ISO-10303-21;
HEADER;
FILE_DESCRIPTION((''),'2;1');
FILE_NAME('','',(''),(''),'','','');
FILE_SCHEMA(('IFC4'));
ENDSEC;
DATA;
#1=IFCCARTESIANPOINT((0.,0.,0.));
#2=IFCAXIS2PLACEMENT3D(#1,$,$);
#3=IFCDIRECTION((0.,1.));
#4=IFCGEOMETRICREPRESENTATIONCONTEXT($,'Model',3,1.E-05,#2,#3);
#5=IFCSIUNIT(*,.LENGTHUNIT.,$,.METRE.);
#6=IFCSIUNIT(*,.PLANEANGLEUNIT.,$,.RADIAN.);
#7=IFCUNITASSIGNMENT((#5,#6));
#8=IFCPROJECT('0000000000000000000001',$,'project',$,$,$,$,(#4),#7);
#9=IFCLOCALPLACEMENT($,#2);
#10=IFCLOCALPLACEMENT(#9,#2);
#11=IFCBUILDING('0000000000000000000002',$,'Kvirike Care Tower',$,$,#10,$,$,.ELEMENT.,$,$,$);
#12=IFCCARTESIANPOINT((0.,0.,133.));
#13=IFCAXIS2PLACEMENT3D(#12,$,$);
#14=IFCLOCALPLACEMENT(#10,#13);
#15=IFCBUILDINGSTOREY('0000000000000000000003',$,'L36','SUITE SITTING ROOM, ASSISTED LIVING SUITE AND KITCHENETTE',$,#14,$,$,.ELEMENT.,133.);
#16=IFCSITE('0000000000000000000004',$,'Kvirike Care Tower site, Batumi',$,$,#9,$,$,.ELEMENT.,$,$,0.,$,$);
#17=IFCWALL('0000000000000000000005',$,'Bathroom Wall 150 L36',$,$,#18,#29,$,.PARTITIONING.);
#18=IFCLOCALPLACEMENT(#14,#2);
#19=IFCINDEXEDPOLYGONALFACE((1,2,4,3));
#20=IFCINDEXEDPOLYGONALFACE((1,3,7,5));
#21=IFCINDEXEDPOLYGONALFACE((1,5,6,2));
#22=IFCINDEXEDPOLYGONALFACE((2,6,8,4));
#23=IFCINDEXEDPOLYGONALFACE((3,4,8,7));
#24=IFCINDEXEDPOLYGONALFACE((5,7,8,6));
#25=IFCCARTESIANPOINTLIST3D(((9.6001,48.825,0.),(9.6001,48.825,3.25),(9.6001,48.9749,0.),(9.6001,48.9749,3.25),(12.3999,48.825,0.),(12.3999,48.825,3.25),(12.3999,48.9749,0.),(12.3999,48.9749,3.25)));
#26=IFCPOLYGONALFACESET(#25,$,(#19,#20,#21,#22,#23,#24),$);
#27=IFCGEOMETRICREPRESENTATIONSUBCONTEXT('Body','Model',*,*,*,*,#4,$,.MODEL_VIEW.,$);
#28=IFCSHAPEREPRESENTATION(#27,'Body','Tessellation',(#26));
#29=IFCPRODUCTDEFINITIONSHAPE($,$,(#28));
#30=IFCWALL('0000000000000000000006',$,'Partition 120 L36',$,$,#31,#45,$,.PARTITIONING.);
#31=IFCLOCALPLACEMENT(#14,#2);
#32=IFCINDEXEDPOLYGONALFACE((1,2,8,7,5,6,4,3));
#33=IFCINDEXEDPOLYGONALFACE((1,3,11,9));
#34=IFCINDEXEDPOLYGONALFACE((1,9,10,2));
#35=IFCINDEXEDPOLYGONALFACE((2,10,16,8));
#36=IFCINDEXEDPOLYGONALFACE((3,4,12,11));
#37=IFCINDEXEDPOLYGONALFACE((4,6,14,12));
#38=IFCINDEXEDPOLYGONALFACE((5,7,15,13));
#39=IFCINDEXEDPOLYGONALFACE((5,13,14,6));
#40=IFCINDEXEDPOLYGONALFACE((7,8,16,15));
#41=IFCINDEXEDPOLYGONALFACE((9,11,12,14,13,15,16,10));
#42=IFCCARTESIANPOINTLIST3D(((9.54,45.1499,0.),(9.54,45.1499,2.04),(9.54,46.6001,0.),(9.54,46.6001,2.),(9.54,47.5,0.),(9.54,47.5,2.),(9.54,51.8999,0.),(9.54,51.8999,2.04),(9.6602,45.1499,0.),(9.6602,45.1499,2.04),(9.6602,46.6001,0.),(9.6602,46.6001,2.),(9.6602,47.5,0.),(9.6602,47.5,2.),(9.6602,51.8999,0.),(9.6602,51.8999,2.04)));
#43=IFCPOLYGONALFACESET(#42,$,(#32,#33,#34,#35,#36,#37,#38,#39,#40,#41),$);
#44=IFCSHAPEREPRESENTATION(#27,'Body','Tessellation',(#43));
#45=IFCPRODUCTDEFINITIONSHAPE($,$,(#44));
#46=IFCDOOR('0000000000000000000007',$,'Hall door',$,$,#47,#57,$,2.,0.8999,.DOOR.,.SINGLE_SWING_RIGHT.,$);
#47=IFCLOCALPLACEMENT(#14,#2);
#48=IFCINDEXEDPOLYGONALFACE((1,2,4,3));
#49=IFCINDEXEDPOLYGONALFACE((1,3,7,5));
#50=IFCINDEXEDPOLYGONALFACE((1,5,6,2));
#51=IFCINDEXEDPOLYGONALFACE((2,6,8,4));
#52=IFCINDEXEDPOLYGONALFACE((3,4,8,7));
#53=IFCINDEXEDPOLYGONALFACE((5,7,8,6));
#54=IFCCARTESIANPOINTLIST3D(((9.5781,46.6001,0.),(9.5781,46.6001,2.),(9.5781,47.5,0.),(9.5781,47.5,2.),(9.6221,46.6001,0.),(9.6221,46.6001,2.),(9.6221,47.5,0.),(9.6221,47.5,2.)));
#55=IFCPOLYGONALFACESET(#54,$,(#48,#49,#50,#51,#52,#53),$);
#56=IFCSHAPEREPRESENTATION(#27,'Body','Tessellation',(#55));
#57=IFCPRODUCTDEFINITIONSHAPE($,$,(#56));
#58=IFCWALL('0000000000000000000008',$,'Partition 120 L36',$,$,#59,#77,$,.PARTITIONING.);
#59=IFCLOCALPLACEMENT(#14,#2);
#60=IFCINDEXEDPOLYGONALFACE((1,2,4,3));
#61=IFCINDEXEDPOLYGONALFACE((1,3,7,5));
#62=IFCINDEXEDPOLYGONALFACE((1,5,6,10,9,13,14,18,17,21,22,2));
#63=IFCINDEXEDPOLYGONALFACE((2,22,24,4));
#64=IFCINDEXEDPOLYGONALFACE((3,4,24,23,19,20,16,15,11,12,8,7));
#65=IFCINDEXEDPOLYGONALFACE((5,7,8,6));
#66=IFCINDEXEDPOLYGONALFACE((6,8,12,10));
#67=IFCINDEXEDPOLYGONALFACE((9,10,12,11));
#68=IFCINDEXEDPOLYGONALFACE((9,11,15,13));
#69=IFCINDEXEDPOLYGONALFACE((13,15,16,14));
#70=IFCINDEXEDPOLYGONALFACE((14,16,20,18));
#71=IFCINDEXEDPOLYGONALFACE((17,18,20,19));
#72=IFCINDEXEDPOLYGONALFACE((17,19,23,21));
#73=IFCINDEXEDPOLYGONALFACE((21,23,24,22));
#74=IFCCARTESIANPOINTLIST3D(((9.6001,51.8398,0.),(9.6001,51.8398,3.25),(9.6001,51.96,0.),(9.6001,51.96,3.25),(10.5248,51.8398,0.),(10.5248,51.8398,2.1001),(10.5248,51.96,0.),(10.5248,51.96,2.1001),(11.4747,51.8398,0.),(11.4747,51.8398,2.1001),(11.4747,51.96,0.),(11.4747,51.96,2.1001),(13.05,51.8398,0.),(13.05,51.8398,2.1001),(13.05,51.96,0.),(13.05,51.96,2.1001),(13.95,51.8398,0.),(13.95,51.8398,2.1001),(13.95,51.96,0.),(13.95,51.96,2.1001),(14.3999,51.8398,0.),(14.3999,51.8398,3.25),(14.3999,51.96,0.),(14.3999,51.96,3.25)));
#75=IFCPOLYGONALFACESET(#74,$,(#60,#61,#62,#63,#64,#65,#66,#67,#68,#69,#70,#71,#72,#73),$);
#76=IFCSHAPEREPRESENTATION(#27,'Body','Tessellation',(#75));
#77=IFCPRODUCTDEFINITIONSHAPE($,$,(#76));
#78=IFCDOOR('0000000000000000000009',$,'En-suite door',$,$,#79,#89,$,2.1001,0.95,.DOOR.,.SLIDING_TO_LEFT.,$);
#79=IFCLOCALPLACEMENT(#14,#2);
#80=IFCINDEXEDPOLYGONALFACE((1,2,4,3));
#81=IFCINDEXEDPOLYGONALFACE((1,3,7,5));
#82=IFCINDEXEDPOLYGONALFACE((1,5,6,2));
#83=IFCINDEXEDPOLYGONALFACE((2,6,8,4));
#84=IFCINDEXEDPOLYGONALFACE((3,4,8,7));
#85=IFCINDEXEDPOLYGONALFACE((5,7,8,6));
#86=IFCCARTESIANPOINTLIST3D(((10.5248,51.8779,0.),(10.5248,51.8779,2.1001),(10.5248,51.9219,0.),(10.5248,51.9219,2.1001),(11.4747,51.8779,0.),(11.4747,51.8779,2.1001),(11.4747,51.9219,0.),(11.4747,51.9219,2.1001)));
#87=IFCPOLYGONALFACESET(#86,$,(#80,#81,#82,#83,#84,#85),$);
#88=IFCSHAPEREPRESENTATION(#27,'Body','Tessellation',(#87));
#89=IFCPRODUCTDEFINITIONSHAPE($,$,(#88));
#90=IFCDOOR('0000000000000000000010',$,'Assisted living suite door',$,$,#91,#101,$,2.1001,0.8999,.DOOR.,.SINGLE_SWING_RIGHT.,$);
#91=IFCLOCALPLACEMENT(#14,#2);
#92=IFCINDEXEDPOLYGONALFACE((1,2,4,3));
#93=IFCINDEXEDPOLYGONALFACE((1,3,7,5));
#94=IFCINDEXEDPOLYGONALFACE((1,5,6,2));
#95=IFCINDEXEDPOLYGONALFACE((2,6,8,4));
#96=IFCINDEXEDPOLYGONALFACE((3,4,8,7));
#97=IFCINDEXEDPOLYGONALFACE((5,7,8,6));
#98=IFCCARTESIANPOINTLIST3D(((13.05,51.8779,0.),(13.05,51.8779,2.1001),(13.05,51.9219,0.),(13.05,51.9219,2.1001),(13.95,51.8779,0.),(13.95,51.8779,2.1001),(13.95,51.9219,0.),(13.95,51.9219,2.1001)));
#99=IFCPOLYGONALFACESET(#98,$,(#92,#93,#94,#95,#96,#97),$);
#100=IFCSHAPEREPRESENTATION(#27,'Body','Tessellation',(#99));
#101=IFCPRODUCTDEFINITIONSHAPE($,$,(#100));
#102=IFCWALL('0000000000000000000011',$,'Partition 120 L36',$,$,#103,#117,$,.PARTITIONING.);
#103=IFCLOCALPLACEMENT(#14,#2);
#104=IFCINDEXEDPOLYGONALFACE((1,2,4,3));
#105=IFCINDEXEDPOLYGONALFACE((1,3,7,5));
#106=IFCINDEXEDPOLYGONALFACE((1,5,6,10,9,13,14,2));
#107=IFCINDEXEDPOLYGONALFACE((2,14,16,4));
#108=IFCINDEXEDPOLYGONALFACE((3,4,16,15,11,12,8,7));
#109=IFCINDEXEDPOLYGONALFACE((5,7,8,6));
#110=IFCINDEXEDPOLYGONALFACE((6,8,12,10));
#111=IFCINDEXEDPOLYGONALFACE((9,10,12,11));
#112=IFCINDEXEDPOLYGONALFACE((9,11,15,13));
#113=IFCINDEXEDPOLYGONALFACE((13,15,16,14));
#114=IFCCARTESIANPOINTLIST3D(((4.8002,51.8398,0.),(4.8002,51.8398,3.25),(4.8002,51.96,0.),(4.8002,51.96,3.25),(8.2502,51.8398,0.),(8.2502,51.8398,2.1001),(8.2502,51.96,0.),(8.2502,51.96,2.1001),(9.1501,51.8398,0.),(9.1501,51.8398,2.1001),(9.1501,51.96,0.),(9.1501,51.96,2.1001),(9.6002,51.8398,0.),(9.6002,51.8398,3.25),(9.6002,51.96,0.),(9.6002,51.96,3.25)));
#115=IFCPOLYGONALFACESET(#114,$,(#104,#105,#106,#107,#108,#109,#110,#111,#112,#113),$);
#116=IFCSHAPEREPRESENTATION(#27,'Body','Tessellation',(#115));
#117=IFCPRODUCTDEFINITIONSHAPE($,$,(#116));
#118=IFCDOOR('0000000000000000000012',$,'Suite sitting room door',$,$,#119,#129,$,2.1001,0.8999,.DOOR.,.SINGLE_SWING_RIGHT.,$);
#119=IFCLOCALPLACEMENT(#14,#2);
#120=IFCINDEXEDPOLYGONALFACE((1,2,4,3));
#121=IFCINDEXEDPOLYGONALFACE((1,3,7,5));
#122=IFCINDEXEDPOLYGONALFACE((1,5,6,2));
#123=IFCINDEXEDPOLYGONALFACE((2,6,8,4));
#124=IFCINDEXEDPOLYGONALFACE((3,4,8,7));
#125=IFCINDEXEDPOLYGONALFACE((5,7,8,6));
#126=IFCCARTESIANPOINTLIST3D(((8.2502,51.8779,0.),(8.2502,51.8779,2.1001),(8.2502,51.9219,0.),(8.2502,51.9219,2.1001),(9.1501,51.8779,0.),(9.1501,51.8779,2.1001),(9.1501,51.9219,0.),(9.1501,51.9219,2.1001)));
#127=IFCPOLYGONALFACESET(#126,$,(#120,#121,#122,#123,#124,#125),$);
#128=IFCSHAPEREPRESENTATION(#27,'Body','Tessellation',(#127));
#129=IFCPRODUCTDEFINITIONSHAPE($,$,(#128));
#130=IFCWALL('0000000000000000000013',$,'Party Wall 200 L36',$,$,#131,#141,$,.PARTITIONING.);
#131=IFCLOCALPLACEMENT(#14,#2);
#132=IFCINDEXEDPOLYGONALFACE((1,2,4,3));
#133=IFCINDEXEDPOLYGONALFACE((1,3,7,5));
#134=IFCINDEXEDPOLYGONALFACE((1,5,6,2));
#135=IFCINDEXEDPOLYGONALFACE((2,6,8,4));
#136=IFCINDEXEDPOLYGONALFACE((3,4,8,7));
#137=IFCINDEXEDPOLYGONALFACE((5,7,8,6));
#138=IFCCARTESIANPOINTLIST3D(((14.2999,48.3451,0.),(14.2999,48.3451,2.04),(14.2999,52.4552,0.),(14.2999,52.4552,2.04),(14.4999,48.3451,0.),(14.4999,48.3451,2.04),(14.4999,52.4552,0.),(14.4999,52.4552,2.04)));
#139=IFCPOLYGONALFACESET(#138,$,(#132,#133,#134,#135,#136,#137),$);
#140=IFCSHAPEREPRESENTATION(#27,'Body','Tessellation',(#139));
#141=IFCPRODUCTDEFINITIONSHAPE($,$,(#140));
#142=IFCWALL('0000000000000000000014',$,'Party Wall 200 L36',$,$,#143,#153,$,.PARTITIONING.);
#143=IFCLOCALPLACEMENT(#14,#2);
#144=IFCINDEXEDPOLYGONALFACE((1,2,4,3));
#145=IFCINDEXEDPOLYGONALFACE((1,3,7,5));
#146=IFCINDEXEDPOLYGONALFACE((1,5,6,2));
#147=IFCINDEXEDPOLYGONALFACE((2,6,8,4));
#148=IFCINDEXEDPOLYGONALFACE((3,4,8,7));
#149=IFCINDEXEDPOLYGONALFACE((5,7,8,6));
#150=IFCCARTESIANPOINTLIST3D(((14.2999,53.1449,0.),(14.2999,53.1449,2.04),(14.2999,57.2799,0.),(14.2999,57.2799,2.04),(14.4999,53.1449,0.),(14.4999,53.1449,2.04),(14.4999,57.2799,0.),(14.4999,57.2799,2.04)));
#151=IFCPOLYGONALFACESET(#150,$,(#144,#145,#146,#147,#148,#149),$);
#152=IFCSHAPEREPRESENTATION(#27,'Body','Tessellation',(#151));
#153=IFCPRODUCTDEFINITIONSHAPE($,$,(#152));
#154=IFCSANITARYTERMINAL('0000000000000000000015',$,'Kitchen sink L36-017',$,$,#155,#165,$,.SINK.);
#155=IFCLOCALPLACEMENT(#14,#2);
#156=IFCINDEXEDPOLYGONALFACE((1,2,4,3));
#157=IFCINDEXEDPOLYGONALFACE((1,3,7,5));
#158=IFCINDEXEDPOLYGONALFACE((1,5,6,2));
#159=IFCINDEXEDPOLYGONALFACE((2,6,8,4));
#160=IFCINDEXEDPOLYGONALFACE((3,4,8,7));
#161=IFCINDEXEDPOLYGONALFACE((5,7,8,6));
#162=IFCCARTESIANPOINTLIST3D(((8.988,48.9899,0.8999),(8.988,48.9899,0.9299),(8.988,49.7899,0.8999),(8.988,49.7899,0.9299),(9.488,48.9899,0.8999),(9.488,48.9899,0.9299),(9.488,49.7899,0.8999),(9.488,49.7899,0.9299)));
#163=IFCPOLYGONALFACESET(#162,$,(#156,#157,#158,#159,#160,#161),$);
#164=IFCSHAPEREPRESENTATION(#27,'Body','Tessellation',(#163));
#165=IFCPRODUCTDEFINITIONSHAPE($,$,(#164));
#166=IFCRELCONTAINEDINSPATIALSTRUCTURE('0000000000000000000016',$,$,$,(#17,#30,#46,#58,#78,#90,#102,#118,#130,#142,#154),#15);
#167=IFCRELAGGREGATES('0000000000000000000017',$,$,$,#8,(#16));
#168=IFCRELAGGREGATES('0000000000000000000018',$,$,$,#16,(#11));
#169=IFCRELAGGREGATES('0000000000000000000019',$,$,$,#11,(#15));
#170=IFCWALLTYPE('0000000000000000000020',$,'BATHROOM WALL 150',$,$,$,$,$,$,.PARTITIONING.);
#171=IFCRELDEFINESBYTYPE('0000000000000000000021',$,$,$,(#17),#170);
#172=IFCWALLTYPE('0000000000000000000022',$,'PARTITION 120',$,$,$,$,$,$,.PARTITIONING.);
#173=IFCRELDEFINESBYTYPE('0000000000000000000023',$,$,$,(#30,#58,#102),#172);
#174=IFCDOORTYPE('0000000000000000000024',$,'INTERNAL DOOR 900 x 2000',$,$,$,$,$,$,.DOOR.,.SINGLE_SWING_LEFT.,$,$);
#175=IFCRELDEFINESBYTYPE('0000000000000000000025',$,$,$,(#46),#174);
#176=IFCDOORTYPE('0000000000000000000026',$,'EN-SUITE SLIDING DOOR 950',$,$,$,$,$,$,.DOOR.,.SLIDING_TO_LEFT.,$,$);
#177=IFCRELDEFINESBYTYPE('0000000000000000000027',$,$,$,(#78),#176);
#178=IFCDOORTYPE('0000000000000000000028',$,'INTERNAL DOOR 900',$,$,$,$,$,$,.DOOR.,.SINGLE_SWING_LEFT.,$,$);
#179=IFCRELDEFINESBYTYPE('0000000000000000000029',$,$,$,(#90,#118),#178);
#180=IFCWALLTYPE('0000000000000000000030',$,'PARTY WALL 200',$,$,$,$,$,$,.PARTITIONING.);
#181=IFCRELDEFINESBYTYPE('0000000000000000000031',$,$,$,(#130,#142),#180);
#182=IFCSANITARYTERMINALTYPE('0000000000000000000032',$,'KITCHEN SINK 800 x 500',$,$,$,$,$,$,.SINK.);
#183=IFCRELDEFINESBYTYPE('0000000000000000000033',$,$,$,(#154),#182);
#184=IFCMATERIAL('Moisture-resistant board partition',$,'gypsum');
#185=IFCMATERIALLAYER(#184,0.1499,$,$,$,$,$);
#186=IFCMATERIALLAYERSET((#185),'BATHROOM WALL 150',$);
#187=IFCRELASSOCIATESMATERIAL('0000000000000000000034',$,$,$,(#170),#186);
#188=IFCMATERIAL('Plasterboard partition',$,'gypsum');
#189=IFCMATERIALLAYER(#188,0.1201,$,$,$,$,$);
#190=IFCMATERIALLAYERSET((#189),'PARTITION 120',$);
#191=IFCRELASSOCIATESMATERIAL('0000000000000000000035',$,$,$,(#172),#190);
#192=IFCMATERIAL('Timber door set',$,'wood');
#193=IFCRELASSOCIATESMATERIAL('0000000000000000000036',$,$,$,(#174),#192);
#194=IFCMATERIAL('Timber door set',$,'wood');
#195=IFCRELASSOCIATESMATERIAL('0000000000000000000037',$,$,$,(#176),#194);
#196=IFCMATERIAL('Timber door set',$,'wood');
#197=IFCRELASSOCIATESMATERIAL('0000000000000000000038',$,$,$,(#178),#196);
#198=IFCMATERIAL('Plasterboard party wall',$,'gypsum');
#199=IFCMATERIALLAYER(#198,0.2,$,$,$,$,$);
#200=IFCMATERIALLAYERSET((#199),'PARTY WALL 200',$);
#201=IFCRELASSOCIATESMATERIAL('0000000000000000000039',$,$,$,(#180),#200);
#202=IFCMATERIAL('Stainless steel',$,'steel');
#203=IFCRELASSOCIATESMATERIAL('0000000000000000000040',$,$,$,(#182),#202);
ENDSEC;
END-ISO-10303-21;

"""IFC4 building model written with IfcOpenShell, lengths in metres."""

from ifc_helpers import new_model, si_unit, direction, frame, frame_2d, origin, origin_2d, place, context, subcontext, project, spatial, rectangle, extrude, material, layer, layer_set, type_object, element, fill, save


model = new_model("IFC4")

# Units and contexts
model_context = context("Model", 3, precision=1e-05, world=origin(), true_north=direction((0.0, 1.0)))
body_context = subcontext(model_context, "Body", "Model", "MODEL_VIEW")
ifc_project = project(units=[si_unit("LENGTHUNIT", "METRE"), si_unit("PLANEANGLEUNIT", "RADIAN")], contexts=[model_context])

# Site, building, storey
site_placement = place(None, origin())
site = spatial("IfcSite", under=ifc_project, at=site_placement, Name="Kvirike Care Tower site, Batumi", CompositionType="ELEMENT", RefElevation=0.0)
building_placement = place(site_placement, origin())
building = spatial("IfcBuilding", under=site, at=building_placement, Name="Kvirike Care Tower", CompositionType="ELEMENT")
storey_placement = place(building_placement, frame((0.0, 0.0, 133.0)))
storey = spatial("IfcBuildingStorey", under=building, at=storey_placement, Name="L36", Description="SUITE SITTING ROOM, ASSISTED LIVING SUITE AND KITCHENETTE", CompositionType="ELEMENT", Elevation=133.0)

# Wall
ifc_material_1 = material(Name="Moisture-resistant board partition", Category="gypsum")
ifc_layer_1 = layer(ifc_material_1, 0.1499)
ifc_layer_set_1 = layer_set([ifc_layer_1], Name="BATHROOM WALL 150")
wall_type_1 = type_object("IfcWallType", Name="BATHROOM WALL 150", PredefinedType="PARTITIONING", material=ifc_layer_set_1)
wall_1_placement = place(storey_placement, frame((12.3999, 48.8999, 0.0), z_axis=(0.0, 0.0, 1.0), x_axis=(-1.0, 0.0, 0.0)))
element("IfcWall", 1, at=wall_1_placement, inside=storey, type_object=wall_type_1, Name="Bathroom Wall 150 L36", PredefinedType="PARTITIONING", context=body_context, shape_type="SweptSolid", body=[
    extrude(rectangle(XDim=2.7998, YDim=0.1499, at=frame_2d((1.3999, 0.0))), origin(), (0.0, 0.0, 1.0), 3.25),
])

# Wall, opening, door
ifc_material_2 = material(Name="Plasterboard partition", Category="gypsum")
ifc_layer_2 = layer(ifc_material_2, 0.1201)
ifc_layer_set_2 = layer_set([ifc_layer_2], Name="PARTITION 120")
wall_type_2 = type_object("IfcWallType", Name="PARTITION 120", PredefinedType="PARTITIONING", material=ifc_layer_set_2)
wall_2_placement = place(storey_placement, frame((9.6001, 51.8999, 0.0), z_axis=(0.0, 0.0, 1.0), x_axis=(0.0, -1.0, 0.0)))
wall_2 = element("IfcWall", 2, at=wall_2_placement, inside=storey, type_object=wall_type_2, Name="Partition 120 L36", PredefinedType="PARTITIONING", context=body_context, shape_type="SweptSolid", body=[
    extrude(rectangle(XDim=6.75, YDim=0.1201, at=frame_2d((3.375, 0.0))), origin(), (0.0, 0.0, 1.0), 2.04),
])
opening_1_placement = place(wall_2_placement, frame((4.3999, 0.0, 0.0)))
opening_1 = element("IfcOpeningElement", 3, at=opening_1_placement, cuts=wall_2, PredefinedType="OPENING", context=body_context, shape_type="SweptSolid", body=[
    extrude(rectangle(XDim=0.8999, YDim=2.0, at=frame_2d((0.45, 1.0))), frame((0.0, 0.0706, 0.0), z_axis=(0.0, -1.0, 0.0), x_axis=(1.0, 0.0, 0.0)), (0.0, 0.0, 1.0), 0.1411),
])
ifc_material_3 = material(Name="Timber door set", Category="wood")
door_type_1 = type_object("IfcDoorType", Name="INTERNAL DOOR 900 x 2000", OperationType="SINGLE_SWING_LEFT", PredefinedType="DOOR", material=ifc_material_3)
door_1_placement = place(opening_1_placement, origin())
door_1 = element("IfcDoor", 4, at=door_1_placement, inside=storey, type_object=door_type_1, Name="Hall door", OperationType="SINGLE_SWING_RIGHT", OverallHeight=2.0, OverallWidth=0.8999, PredefinedType="DOOR", context=body_context, shape_type="SweptSolid", body=[
    extrude(rectangle(XDim=0.8999, YDim=2.0, at=frame_2d((0.45, 1.0))), frame((0.0, 0.022, 0.0), z_axis=(0.0, -1.0, 0.0), x_axis=(1.0, 0.0, 0.0)), (0.0, 0.0, 1.0), 0.0439),
])
fill(opening_1, door_1)

# Wall, openings, doors
wall_3_placement = place(storey_placement, frame((14.3999, 51.8999, 0.0), z_axis=(0.0, 0.0, 1.0), x_axis=(-1.0, 0.0, 0.0)))
wall_3 = element("IfcWall", 5, at=wall_3_placement, inside=storey, type_object=wall_type_2, Name="Partition 120 L36", PredefinedType="PARTITIONING", context=body_context, shape_type="SweptSolid", body=[
    extrude(rectangle(XDim=4.7998, YDim=0.1201, at=frame_2d((2.3999, 0.0))), origin(), (0.0, 0.0, 1.0), 3.25),
])
opening_2_placement = place(wall_3_placement, frame((0.45, 0.0, 0.0)))
opening_2 = element("IfcOpeningElement", 6, at=opening_2_placement, cuts=wall_3, PredefinedType="OPENING", context=body_context, shape_type="SweptSolid", body=[
    extrude(rectangle(XDim=0.8999, YDim=2.1001, at=frame_2d((0.45, 1.05))), frame((0.0, 0.0706, 0.0), z_axis=(0.0, -1.0, 0.0), x_axis=(1.0, 0.0, 0.0)), (0.0, 0.0, 1.0), 0.1411),
])
opening_3_placement = place(wall_3_placement, frame((2.925, 0.0, 0.0)))
opening_3 = element("IfcOpeningElement", 7, at=opening_3_placement, cuts=wall_3, PredefinedType="OPENING", context=body_context, shape_type="SweptSolid", body=[
    extrude(rectangle(XDim=0.95, YDim=2.1001, at=frame_2d((0.4751, 1.05))), frame((0.0, 0.0706, 0.0), z_axis=(0.0, -1.0, 0.0), x_axis=(1.0, 0.0, 0.0)), (0.0, 0.0, 1.0), 0.1411),
])
ifc_material_4 = material(Name="Timber door set", Category="wood")
door_type_2 = type_object("IfcDoorType", Name="EN-SUITE SLIDING DOOR 950", OperationType="SLIDING_TO_LEFT", PredefinedType="DOOR", material=ifc_material_4)
door_2_placement = place(opening_3_placement, origin())
door_2 = element("IfcDoor", 8, at=door_2_placement, inside=storey, type_object=door_type_2, Name="En-suite door", OperationType="SLIDING_TO_LEFT", OverallHeight=2.1001, OverallWidth=0.95, PredefinedType="DOOR", context=body_context, shape_type="SweptSolid", body=[
    extrude(rectangle(XDim=0.95, YDim=2.1001, at=frame_2d((0.4751, 1.05))), frame((0.0, 0.022, 0.0), z_axis=(0.0, -1.0, 0.0), x_axis=(1.0, 0.0, 0.0)), (0.0, 0.0, 1.0), 0.0439),
])
fill(opening_3, door_2)
ifc_material_5 = material(Name="Timber door set", Category="wood")
door_type_3 = type_object("IfcDoorType", Name="INTERNAL DOOR 900", OperationType="SINGLE_SWING_LEFT", PredefinedType="DOOR", material=ifc_material_5)
door_3_placement = place(opening_2_placement, origin())
door_3 = element("IfcDoor", 9, at=door_3_placement, inside=storey, type_object=door_type_3, Name="Assisted living suite door", OperationType="SINGLE_SWING_RIGHT", OverallHeight=2.1001, OverallWidth=0.8999, PredefinedType="DOOR", context=body_context, shape_type="SweptSolid", body=[
    extrude(rectangle(XDim=0.8999, YDim=2.1001, at=frame_2d((0.45, 1.05))), frame((0.0, 0.022, 0.0), z_axis=(0.0, -1.0, 0.0), x_axis=(1.0, 0.0, 0.0)), (0.0, 0.0, 1.0), 0.0439),
])
fill(opening_2, door_3)

# Wall, opening, door
wall_4_placement = place(storey_placement, frame((9.6001, 51.8999, 0.0), z_axis=(0.0, 0.0, 1.0), x_axis=(-1.0, 0.0, 0.0)))
wall_4 = element("IfcWall", 10, at=wall_4_placement, inside=storey, type_object=wall_type_2, Name="Partition 120 L36", PredefinedType="PARTITIONING", context=body_context, shape_type="SweptSolid", body=[
    extrude(rectangle(XDim=4.8, YDim=0.1201, at=frame_2d((2.3999, 0.0))), origin(), (0.0, 0.0, 1.0), 3.25),
])
opening_4_placement = place(wall_4_placement, frame((0.45, 0.0, 0.0)))
opening_4 = element("IfcOpeningElement", 11, at=opening_4_placement, cuts=wall_4, PredefinedType="OPENING", context=body_context, shape_type="SweptSolid", body=[
    extrude(rectangle(XDim=0.8999, YDim=2.1001, at=frame_2d((0.45, 1.05))), frame((0.0, 0.0706, 0.0), z_axis=(0.0, -1.0, 0.0), x_axis=(1.0, 0.0, 0.0)), (0.0, 0.0, 1.0), 0.1411),
])
door_4_placement = place(opening_4_placement, origin())
door_4 = element("IfcDoor", 12, at=door_4_placement, inside=storey, type_object=door_type_3, Name="Suite sitting room door", OperationType="SINGLE_SWING_RIGHT", OverallHeight=2.1001, OverallWidth=0.8999, PredefinedType="DOOR", context=body_context, shape_type="SweptSolid", body=[
    extrude(rectangle(XDim=0.8999, YDim=2.1001, at=frame_2d((0.45, 1.05))), frame((0.0, 0.022, 0.0), z_axis=(0.0, -1.0, 0.0), x_axis=(1.0, 0.0, 0.0)), (0.0, 0.0, 1.0), 0.0439),
])
fill(opening_4, door_4)

# Walls
ifc_material_6 = material(Name="Plasterboard party wall", Category="gypsum")
ifc_layer_3 = layer(ifc_material_6, 0.2)
ifc_layer_set_3 = layer_set([ifc_layer_3], Name="PARTY WALL 200")
wall_type_3 = type_object("IfcWallType", Name="PARTY WALL 200", PredefinedType="PARTITIONING", material=ifc_layer_set_3)
wall_5_placement = place(storey_placement, frame((14.3999, 48.345, 0.0), z_axis=(0.0, 0.0, 1.0), x_axis=(0.0, 1.0, 0.0)))
element("IfcWall", 13, at=wall_5_placement, inside=storey, type_object=wall_type_3, Name="Party Wall 200 L36", PredefinedType="PARTITIONING", context=body_context, shape_type="SweptSolid", body=[
    extrude(rectangle(XDim=4.1101, YDim=0.2, at=frame_2d((2.0552, 0.0))), origin(), (0.0, 0.0, 1.0), 2.04),
])
wall_6_placement = place(storey_placement, frame((14.3999, 53.145, 0.0), z_axis=(0.0, 0.0, 1.0), x_axis=(0.0, 1.0, 0.0)))
element("IfcWall", 14, at=wall_6_placement, inside=storey, type_object=wall_type_3, Name="Party Wall 200 L36", PredefinedType="PARTITIONING", context=body_context, shape_type="SweptSolid", body=[
    extrude(rectangle(XDim=4.135, YDim=0.2, at=frame_2d((2.0674, 0.0))), origin(), (0.0, 0.0, 1.0), 2.04),
])

# Sanitary terminal
ifc_material_7 = material(Name="Stainless steel", Category="steel")
sanitary_terminal_type_1 = type_object("IfcSanitaryTerminalType", Name="KITCHEN SINK 800 x 500", PredefinedType="SINK", material=ifc_material_7)
sanitary_terminal_1_placement = place(storey_placement, frame((9.238, 49.3899, 0.8999), z_axis=(0.0, 0.0, 1.0), x_axis=(0.0, -1.0, 0.0)))
element("IfcSanitaryTerminal", 15, at=sanitary_terminal_1_placement, inside=storey, type_object=sanitary_terminal_type_1, Name="Kitchen sink L36-017", PredefinedType="SINK", context=body_context, shape_type="SweptSolid", body=[
    extrude(rectangle(XDim=0.8, YDim=0.5, at=origin_2d()), origin(), (0.0, 0.0, 1.0), 0.03),
])

save(model, "model.ifc")
